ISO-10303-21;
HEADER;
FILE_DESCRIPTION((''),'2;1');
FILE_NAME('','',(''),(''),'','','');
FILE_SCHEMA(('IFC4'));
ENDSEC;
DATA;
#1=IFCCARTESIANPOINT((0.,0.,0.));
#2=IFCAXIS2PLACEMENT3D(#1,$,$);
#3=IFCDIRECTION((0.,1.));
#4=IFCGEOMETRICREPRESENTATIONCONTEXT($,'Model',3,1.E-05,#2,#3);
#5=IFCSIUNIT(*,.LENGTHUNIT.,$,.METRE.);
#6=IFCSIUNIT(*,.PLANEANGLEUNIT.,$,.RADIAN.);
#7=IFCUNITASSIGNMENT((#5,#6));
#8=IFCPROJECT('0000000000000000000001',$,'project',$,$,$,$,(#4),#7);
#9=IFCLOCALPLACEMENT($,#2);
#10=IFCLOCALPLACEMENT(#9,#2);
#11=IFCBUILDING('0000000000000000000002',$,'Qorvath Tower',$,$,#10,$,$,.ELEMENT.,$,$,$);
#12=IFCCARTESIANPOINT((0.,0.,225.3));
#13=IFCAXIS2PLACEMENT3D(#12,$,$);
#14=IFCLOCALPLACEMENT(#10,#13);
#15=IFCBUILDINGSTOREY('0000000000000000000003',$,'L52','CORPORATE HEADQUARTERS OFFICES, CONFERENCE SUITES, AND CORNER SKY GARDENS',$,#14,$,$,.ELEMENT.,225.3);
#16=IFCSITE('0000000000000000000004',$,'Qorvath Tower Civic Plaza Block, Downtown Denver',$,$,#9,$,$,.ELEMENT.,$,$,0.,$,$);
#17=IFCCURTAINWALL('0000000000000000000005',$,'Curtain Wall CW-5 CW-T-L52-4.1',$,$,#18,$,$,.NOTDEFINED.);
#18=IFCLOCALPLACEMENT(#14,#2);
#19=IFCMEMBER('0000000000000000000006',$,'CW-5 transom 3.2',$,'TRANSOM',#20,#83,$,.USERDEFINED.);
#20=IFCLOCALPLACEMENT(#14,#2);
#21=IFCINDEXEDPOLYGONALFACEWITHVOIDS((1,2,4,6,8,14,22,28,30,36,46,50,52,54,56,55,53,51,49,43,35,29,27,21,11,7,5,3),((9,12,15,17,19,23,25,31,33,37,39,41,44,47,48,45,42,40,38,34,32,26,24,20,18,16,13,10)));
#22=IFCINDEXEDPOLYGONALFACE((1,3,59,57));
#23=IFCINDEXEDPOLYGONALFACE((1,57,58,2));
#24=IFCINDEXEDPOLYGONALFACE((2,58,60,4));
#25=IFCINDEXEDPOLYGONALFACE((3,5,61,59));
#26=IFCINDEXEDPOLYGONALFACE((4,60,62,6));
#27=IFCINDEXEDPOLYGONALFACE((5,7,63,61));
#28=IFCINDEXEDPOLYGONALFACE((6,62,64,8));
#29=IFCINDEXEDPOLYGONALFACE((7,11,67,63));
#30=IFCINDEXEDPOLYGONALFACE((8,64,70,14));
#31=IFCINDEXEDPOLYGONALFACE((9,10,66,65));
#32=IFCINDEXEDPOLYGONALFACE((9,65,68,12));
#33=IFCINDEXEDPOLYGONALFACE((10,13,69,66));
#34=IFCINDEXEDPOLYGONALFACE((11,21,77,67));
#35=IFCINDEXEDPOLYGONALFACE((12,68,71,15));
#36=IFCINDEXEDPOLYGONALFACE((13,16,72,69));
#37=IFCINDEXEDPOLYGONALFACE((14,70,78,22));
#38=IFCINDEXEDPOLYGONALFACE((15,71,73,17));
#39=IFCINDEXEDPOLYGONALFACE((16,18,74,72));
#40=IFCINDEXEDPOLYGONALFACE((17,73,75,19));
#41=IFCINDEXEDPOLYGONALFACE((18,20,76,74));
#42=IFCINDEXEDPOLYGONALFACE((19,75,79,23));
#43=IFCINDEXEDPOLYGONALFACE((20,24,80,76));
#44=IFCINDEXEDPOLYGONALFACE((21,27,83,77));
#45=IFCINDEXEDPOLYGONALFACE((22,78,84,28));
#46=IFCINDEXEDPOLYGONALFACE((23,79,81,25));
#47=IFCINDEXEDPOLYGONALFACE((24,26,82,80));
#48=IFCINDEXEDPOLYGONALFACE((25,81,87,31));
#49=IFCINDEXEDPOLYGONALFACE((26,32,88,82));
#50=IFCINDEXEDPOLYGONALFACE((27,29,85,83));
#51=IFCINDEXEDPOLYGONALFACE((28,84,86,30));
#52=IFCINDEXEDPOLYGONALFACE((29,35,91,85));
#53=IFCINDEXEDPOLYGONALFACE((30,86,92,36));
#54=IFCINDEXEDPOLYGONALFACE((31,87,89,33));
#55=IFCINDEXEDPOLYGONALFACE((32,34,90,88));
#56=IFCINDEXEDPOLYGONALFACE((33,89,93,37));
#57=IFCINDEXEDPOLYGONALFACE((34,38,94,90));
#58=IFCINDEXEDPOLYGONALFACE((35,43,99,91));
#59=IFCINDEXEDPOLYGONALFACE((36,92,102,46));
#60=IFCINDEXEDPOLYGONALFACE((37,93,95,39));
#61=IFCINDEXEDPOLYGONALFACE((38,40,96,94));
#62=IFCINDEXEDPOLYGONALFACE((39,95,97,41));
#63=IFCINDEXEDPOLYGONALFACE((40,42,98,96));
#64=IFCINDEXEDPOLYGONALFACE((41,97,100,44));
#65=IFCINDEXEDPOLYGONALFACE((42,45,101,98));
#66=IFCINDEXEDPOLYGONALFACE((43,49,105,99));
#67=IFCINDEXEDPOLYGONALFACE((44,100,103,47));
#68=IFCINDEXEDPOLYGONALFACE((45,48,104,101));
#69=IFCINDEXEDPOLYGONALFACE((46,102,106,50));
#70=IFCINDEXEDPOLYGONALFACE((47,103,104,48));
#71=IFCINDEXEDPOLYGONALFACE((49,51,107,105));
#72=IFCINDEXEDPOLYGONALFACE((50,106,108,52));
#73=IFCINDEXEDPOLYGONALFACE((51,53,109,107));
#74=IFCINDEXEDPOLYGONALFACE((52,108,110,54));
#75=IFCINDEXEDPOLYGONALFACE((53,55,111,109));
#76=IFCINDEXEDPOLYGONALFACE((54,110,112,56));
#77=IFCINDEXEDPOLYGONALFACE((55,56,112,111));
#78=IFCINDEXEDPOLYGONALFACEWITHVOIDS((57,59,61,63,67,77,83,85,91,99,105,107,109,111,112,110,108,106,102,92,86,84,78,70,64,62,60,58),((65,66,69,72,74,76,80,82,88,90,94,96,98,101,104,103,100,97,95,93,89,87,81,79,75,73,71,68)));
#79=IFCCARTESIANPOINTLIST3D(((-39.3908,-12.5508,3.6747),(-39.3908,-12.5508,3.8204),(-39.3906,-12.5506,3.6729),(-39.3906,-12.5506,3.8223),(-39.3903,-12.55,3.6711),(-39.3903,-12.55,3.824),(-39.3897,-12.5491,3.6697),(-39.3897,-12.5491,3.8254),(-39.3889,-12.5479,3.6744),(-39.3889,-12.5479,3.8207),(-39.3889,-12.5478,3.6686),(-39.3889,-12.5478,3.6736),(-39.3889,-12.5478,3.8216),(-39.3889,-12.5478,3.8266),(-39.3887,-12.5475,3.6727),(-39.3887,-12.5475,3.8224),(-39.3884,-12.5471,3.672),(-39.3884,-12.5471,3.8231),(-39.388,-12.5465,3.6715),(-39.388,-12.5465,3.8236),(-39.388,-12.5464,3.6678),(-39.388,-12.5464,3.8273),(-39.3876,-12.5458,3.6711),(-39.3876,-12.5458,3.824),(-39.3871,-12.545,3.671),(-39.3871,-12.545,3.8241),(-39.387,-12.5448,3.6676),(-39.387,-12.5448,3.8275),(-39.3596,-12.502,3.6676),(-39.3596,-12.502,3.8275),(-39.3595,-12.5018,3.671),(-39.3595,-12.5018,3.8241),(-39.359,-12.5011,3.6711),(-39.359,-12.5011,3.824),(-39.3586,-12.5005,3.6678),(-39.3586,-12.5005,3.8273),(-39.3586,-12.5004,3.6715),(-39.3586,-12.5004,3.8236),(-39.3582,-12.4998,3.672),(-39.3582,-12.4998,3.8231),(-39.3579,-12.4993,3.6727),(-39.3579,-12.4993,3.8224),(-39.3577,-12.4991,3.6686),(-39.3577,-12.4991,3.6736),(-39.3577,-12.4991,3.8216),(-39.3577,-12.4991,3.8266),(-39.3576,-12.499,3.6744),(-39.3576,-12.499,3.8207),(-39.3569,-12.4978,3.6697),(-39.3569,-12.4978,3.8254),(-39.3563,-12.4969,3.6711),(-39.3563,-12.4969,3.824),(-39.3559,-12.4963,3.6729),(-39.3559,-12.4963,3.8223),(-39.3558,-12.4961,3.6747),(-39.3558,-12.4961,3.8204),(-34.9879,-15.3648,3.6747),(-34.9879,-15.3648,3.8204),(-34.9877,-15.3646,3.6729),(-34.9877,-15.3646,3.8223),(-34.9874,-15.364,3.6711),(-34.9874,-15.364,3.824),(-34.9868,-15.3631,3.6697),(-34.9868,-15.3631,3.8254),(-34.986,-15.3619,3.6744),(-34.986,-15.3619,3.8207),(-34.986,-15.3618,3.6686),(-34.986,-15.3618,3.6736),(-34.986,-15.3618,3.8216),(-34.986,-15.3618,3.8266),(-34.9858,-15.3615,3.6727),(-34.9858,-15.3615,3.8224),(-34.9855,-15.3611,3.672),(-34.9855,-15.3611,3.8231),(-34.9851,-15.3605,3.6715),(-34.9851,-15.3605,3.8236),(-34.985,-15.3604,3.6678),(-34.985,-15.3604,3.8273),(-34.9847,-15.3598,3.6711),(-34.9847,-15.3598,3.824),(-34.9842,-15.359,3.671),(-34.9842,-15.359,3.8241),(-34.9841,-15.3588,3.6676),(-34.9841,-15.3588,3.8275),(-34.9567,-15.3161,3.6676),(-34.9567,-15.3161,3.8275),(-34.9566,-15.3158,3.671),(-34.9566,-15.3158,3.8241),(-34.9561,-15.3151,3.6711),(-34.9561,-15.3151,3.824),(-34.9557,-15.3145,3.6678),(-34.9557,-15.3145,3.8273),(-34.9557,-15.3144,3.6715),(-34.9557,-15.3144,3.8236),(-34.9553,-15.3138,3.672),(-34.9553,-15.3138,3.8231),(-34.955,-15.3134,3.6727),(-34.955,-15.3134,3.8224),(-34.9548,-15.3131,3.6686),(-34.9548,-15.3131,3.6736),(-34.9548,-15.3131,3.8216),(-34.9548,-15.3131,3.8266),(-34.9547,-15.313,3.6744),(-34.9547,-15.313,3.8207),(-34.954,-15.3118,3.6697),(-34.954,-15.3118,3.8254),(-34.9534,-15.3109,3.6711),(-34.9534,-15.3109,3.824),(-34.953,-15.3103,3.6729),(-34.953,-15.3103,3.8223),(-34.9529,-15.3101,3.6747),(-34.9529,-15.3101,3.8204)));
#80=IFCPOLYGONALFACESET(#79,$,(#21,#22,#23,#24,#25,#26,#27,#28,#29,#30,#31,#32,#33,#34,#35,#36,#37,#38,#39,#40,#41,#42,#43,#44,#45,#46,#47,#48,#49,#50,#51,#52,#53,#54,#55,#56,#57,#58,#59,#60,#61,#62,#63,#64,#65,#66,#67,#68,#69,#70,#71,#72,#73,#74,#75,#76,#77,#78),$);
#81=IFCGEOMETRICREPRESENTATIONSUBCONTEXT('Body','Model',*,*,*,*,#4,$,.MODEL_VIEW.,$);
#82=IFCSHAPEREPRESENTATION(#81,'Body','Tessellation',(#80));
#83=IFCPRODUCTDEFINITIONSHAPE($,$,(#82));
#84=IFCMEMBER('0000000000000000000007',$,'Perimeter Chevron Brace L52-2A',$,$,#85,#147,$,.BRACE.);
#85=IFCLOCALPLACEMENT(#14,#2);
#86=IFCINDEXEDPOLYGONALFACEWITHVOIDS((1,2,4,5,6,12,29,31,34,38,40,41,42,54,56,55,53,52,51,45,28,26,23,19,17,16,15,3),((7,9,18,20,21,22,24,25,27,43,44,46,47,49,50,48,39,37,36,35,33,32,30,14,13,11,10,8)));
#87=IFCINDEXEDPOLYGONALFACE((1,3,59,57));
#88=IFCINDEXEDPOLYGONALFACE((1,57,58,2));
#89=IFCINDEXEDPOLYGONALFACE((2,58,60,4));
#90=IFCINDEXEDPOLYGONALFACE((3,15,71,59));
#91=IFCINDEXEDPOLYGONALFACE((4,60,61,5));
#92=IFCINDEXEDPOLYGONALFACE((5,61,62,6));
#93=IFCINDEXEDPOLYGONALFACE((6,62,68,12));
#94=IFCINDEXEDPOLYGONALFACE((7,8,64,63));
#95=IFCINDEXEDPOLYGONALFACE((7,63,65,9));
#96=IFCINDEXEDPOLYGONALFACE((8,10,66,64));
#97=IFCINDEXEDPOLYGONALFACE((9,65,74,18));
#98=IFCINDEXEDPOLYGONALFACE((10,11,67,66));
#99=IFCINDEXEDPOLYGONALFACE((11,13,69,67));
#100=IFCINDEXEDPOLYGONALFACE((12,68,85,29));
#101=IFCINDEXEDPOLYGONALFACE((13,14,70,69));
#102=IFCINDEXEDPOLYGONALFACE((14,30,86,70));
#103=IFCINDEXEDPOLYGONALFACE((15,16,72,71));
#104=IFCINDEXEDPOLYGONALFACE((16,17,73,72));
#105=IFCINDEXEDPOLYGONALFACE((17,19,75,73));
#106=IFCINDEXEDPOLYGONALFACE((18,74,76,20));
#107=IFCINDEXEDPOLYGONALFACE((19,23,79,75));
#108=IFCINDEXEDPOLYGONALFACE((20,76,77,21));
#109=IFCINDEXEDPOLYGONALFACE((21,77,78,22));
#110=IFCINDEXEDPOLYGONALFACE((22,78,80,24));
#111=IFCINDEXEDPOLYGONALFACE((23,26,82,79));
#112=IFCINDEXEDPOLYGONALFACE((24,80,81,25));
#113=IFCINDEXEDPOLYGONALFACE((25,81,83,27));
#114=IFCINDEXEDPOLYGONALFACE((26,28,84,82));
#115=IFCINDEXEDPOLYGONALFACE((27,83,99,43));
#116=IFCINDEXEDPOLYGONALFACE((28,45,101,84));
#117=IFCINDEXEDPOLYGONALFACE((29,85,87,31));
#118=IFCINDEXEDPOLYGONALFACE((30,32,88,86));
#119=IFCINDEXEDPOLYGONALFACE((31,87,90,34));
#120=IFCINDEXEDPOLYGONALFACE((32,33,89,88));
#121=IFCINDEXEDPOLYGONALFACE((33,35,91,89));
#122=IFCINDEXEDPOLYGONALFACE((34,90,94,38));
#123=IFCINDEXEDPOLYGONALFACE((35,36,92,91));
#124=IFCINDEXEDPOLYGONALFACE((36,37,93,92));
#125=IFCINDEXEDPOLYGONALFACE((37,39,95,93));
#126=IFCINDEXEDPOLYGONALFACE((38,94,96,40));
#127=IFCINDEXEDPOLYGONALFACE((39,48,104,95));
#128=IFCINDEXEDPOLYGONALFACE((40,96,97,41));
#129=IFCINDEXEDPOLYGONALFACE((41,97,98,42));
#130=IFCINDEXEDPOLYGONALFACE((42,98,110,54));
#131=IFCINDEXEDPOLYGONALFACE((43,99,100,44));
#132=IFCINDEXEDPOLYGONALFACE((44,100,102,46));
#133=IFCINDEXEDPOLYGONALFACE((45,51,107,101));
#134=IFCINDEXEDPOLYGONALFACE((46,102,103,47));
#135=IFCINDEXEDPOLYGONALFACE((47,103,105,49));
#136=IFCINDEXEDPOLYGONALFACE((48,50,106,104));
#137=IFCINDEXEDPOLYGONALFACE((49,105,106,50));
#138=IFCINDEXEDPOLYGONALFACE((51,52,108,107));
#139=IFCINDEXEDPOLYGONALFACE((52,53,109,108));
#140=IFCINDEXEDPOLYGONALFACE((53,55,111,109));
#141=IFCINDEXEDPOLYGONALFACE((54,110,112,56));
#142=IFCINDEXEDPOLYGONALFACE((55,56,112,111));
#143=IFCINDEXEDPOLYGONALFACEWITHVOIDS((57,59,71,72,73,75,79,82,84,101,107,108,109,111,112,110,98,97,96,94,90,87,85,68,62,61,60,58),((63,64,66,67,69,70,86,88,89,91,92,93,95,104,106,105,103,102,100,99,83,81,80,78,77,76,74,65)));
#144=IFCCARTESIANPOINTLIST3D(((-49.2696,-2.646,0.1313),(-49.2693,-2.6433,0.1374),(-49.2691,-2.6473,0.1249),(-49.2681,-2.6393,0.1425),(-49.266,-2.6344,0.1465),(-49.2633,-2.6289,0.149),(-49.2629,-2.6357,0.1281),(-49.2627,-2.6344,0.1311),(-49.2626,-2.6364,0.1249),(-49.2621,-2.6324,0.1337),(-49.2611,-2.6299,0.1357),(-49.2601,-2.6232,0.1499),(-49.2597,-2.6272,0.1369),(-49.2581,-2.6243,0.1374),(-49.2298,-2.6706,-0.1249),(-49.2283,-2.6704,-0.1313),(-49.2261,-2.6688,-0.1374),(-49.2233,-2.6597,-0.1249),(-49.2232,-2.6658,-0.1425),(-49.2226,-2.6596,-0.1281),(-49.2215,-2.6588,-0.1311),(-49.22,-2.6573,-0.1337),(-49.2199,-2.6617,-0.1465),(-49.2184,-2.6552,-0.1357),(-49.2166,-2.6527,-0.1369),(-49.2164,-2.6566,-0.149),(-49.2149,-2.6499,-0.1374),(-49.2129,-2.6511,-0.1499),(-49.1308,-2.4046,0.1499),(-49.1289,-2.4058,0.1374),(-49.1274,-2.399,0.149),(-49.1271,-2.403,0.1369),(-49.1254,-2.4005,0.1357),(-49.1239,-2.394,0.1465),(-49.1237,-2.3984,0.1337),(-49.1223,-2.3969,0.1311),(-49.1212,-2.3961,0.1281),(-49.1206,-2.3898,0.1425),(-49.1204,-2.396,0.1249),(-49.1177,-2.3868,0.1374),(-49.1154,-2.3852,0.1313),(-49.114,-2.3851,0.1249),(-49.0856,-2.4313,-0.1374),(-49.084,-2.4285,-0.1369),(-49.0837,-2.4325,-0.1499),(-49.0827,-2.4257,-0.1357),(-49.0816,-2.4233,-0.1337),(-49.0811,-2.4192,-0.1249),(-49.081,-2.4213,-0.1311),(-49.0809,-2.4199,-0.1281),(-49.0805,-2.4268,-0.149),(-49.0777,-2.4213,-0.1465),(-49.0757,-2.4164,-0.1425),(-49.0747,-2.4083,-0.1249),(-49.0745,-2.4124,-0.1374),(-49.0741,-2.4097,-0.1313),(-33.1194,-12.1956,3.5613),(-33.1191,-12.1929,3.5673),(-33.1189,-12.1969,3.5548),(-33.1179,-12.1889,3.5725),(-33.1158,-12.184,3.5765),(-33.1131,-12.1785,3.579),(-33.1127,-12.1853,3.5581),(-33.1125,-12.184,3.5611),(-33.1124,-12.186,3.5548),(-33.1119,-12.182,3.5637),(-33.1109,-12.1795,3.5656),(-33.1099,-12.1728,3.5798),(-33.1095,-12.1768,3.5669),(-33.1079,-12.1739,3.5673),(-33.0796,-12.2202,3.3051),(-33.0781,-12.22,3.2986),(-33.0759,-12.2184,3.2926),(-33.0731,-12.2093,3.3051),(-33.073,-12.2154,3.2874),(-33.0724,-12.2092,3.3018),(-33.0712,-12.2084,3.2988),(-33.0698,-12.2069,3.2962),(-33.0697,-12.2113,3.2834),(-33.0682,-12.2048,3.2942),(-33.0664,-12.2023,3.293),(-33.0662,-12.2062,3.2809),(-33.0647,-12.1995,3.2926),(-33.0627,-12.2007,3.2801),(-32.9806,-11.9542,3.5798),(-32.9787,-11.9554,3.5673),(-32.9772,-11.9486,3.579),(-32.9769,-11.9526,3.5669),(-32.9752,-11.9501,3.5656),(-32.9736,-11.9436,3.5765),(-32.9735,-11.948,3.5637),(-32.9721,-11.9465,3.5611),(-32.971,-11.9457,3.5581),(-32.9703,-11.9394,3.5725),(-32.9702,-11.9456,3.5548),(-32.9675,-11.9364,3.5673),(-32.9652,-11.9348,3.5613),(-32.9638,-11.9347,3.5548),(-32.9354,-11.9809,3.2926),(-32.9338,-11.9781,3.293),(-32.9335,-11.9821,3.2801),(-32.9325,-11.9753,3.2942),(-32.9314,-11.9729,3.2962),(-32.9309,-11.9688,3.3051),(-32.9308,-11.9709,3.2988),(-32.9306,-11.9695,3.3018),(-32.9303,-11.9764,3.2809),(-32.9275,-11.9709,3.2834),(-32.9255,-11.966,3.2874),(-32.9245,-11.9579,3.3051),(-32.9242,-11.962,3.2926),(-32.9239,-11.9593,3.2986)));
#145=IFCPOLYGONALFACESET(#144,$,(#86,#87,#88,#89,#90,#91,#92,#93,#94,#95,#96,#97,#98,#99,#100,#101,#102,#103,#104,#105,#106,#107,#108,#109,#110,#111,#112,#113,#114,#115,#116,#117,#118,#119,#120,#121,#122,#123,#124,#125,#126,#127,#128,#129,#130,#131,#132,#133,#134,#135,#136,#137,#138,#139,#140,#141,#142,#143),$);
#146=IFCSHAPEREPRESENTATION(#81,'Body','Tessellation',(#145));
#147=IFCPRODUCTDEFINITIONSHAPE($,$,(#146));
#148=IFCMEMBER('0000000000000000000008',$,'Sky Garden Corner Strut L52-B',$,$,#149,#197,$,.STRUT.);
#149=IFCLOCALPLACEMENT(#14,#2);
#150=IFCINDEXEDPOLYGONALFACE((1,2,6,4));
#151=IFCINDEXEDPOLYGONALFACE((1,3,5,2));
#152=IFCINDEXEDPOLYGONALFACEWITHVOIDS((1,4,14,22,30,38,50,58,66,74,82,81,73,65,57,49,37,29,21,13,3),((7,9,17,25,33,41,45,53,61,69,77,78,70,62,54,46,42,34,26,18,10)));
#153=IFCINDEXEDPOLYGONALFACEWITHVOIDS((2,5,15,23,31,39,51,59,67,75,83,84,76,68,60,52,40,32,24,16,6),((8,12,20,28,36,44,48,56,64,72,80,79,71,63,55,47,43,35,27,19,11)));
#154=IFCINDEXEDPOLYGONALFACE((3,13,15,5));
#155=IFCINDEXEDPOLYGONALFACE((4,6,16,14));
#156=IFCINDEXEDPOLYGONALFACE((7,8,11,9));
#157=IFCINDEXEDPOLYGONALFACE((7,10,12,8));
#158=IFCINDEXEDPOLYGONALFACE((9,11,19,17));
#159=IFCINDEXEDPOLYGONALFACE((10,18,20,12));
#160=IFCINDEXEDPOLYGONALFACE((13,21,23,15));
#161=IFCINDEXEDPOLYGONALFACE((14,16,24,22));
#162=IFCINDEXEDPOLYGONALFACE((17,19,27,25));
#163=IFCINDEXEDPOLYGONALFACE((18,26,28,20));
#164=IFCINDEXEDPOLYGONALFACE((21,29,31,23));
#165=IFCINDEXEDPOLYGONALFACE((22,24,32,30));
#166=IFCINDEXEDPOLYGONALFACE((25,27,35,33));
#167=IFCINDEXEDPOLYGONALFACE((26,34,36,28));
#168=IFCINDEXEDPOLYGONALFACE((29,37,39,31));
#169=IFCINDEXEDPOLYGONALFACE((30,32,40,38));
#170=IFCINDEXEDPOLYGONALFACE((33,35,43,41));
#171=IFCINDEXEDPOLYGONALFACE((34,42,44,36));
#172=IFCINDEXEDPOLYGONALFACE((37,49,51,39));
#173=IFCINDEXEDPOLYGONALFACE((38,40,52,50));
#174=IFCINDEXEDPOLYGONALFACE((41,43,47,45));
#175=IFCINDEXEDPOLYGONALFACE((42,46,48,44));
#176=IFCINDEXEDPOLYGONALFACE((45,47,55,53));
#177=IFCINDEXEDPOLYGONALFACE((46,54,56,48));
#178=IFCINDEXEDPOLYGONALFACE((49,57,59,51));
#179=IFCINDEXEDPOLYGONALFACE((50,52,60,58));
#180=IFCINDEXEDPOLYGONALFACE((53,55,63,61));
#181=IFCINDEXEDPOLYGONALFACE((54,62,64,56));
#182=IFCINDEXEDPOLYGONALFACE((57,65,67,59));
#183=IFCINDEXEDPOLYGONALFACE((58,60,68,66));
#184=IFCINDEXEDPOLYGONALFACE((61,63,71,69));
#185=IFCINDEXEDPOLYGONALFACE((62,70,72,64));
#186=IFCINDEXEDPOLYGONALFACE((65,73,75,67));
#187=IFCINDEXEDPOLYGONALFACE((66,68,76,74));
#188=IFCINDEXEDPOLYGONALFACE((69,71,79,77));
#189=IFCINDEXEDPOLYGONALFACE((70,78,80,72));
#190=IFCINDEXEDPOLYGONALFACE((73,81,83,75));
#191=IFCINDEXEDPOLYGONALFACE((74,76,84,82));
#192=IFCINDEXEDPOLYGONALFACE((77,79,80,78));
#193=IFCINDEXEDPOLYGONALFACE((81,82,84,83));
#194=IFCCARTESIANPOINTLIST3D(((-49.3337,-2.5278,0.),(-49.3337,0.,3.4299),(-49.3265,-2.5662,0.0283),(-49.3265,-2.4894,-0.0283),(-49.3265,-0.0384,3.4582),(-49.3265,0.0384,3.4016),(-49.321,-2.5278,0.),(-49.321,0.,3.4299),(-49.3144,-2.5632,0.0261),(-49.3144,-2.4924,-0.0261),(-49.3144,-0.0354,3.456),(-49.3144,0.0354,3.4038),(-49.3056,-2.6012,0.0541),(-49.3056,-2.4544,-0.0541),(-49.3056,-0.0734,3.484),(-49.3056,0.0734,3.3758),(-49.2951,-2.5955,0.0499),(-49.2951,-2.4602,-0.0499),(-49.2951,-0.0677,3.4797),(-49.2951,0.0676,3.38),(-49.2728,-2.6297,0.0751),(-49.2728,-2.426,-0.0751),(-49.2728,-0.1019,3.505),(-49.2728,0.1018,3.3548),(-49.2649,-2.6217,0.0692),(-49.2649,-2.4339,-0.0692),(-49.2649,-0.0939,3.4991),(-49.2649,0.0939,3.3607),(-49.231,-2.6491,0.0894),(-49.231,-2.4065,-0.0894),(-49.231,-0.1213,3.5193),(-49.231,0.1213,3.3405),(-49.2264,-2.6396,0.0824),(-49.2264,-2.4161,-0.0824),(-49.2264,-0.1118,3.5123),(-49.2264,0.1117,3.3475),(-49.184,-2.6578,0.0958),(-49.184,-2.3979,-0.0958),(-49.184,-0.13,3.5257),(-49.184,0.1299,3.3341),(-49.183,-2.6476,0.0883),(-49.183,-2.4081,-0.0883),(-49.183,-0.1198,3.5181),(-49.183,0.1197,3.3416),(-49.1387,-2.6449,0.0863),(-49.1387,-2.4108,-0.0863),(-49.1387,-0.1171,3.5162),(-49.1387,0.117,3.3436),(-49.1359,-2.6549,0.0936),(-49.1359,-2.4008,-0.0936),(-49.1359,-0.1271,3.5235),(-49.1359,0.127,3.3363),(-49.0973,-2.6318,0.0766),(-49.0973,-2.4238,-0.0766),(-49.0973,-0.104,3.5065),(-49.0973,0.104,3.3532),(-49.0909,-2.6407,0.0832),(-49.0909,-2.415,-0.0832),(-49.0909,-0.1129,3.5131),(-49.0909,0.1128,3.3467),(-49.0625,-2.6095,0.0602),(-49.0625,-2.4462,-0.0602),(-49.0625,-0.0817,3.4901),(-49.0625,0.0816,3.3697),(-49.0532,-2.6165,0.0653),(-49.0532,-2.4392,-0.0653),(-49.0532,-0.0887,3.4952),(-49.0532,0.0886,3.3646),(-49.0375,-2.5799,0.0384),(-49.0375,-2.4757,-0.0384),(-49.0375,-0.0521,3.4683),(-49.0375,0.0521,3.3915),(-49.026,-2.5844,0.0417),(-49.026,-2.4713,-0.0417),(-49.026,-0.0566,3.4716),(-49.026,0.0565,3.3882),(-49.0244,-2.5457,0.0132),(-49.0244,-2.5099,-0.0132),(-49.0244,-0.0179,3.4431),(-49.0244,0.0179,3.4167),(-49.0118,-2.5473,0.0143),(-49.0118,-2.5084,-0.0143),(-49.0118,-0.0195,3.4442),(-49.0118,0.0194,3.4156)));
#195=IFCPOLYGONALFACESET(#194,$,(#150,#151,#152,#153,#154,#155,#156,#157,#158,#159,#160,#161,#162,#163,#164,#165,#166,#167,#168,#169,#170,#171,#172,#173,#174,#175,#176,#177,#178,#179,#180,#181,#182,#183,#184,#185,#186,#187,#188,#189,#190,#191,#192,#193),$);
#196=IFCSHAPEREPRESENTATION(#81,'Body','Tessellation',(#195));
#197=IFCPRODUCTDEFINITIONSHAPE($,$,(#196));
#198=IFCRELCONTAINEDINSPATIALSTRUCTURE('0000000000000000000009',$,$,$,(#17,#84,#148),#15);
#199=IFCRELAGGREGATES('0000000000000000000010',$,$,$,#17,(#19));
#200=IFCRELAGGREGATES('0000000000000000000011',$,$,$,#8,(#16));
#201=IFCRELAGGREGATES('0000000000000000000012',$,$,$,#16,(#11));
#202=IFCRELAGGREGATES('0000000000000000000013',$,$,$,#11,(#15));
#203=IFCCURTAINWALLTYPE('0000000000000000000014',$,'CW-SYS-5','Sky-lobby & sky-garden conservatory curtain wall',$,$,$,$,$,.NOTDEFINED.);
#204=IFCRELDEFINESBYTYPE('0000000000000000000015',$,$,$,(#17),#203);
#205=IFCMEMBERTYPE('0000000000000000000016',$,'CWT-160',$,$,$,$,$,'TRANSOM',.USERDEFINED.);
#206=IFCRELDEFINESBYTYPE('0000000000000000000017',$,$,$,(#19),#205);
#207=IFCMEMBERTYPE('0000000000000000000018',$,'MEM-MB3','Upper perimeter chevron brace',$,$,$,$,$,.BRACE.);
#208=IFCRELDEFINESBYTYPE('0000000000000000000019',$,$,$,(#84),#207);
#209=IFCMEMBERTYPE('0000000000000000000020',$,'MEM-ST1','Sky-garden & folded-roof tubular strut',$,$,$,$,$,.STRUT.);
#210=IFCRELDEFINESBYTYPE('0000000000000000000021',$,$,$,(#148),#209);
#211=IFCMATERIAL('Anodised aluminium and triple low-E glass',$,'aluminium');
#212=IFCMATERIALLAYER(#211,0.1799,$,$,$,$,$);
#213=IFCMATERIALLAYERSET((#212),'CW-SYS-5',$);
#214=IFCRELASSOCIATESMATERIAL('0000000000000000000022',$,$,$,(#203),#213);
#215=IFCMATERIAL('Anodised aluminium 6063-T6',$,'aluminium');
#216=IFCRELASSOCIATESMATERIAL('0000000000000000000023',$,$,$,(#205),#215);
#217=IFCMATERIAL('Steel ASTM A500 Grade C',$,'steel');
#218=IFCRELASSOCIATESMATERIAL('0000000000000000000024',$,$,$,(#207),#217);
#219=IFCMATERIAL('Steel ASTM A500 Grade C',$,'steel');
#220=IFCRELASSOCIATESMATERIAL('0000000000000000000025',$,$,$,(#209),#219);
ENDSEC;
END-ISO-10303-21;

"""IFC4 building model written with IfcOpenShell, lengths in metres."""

from ifc_helpers import new_model, si_unit, direction, frame, origin, origin_2d, place, context, subcontext, project, spatial, hollow_rectangle, hollow_circle, extrude, material, layer, layer_set, material_profile, profile_set, type_object, element, aggregate, save


model = new_model("IFC4")

# Units and contexts
model_context = context("Model", 3, precision=1e-05, world=origin(), true_north=direction((0.0, 1.0)))
body_context = subcontext(model_context, "Body", "Model", "MODEL_VIEW")
ifc_project = project(units=[si_unit("LENGTHUNIT", "METRE"), si_unit("PLANEANGLEUNIT", "RADIAN")], contexts=[model_context])

# Site, building, storey
site_placement = place(None, origin())
site = spatial("IfcSite", under=ifc_project, at=site_placement, Name="Qorvath Tower Civic Plaza Block, Downtown Denver", CompositionType="ELEMENT", RefElevation=0.0)
building_placement = place(site_placement, origin())
building = spatial("IfcBuilding", under=site, at=building_placement, Name="Qorvath Tower", CompositionType="ELEMENT")
storey_placement = place(building_placement, frame((0.0, 0.0, 225.3)))
storey = spatial("IfcBuildingStorey", under=building, at=storey_placement, Name="L52", Description="CORPORATE HEADQUARTERS OFFICES, CONFERENCE SUITES, AND CORNER SKY GARDENS", CompositionType="ELEMENT", Elevation=225.3)

# Shared definitions
ifc_material_1 = material(Name="Anodised aluminium and triple low-E glass", Category="aluminium")
ifc_layer_1 = layer(ifc_material_1, 0.1799)
ifc_layer_set_1 = layer_set([ifc_layer_1], Name="CW-SYS-5")
curtain_wall_type = type_object("IfcCurtainWallType", Name="CW-SYS-5", Description="Sky-lobby & sky-garden conservatory curtain wall", PredefinedType="NOTDEFINED", material=ifc_layer_set_1)

# Curtain wall
curtain_wall_1_placement = place(storey_placement, origin())
curtain_wall_1 = element("IfcCurtainWall", 1, at=curtain_wall_1_placement, inside=storey, type_object=curtain_wall_type, Name="Curtain Wall CW-5 CW-T-L52-4.1", PredefinedType="NOTDEFINED")

# Member
ifc_material_2 = material(Name="Anodised aluminium 6063-T6", Category="aluminium")
ifc_material_profile_1 = material_profile(ifc_material_2, hollow_rectangle(XDim=0.0649, YDim=0.1599, WallThickness=0.0034, InnerFilletRadius=0.0034, OuterFilletRadius=0.0071, at=origin_2d()), Name="CWT 160x65")
ifc_profile_set_1 = profile_set([ifc_material_profile_1], Name="Anodised aluminium 6063-T6")
member_type_1 = type_object("IfcMemberType", Name="CWT-160", ElementType="TRANSOM", PredefinedType="USERDEFINED", material=ifc_profile_set_1)
member_1_placement = place(storey_placement, frame((-39.3733, -12.5234, 3.7476), z_axis=(0.842606, -0.538531, 0.0), x_axis=(0.538531, 0.842606, 0.0)))
member_1 = element("IfcMember", 2, at=member_1_placement, type_object=member_type_1, Name="CW-5 transom 3.2", ObjectType="TRANSOM", PredefinedType="USERDEFINED", context=body_context, shape_type="SweptSolid", body=[
    extrude(hollow_rectangle(XDim=0.0649, YDim=0.1599, WallThickness=0.0034, InnerFilletRadius=0.0034, OuterFilletRadius=0.0071, at=origin_2d()), origin(), (0.0, 0.0, 1.0), 5.2253),
])

# Members
ifc_material_3 = material(Name="Steel ASTM A500 Grade C", Category="steel")
ifc_material_profile_2 = material_profile(ifc_material_3, hollow_rectangle(XDim=0.3047, YDim=0.3047, WallThickness=0.0127, InnerFilletRadius=0.0127, OuterFilletRadius=0.0254, at=origin_2d()), Name="HSS 305x305x12.7")
ifc_profile_set_2 = profile_set([ifc_material_profile_2], Name="Steel ASTM A500 Grade C")
member_type_2 = type_object("IfcMemberType", Name="MEM-MB3", Description="Upper perimeter chevron brace", PredefinedType="BRACE", material=ifc_profile_set_2)
member_2_placement = place(storey_placement, frame((-49.1719, -2.5278, 0.0), z_axis=(0.846747, -0.50068, 0.17983), x_axis=(0.508978, 0.86078, 0.0)))
element("IfcMember", 3, at=member_2_placement, inside=storey, type_object=member_type_2, Name="Perimeter Chevron Brace L52-2A", PredefinedType="BRACE", context=body_context, shape_type="SweptSolid", body=[
    extrude(hollow_rectangle(XDim=0.3047, YDim=0.3047, WallThickness=0.0127, InnerFilletRadius=0.0127, OuterFilletRadius=0.0254, at=origin_2d()), origin(), (0.0, 0.0, 1.0), 19.0732),
])
ifc_material_4 = material(Name="Steel ASTM A500 Grade C", Category="steel")
ifc_material_profile_3 = material_profile(ifc_material_4, hollow_circle(Radius=0.1619, WallThickness=0.0127, at=origin_2d()), Name="CHS 324x12.7")
ifc_profile_set_3 = profile_set([ifc_material_profile_3], Name="Steel ASTM A500 Grade C")
member_type_3 = type_object("IfcMemberType", Name="MEM-ST1", Description="Sky-garden & folded-roof tubular strut", PredefinedType="STRUT", material=ifc_profile_set_3)
member_3_placement = place(storey_placement, frame((-49.1719, -2.5278, 0.0), z_axis=(0.0, 0.593277, 0.804998), x_axis=(-1.0, 0.0, 0.0)))
element("IfcMember", 4, at=member_3_placement, inside=storey, type_object=member_type_3, Name="Sky Garden Corner Strut L52-B", PredefinedType="STRUT", context=body_context, shape_type="SweptSolid", body=[
    extrude(hollow_circle(Radius=0.1619, WallThickness=0.0127, at=origin_2d()), origin(), (0.0, 0.0, 1.0), 4.2607),
])

aggregate(curtain_wall_1, [member_1])

save(model, "model.ifc")
